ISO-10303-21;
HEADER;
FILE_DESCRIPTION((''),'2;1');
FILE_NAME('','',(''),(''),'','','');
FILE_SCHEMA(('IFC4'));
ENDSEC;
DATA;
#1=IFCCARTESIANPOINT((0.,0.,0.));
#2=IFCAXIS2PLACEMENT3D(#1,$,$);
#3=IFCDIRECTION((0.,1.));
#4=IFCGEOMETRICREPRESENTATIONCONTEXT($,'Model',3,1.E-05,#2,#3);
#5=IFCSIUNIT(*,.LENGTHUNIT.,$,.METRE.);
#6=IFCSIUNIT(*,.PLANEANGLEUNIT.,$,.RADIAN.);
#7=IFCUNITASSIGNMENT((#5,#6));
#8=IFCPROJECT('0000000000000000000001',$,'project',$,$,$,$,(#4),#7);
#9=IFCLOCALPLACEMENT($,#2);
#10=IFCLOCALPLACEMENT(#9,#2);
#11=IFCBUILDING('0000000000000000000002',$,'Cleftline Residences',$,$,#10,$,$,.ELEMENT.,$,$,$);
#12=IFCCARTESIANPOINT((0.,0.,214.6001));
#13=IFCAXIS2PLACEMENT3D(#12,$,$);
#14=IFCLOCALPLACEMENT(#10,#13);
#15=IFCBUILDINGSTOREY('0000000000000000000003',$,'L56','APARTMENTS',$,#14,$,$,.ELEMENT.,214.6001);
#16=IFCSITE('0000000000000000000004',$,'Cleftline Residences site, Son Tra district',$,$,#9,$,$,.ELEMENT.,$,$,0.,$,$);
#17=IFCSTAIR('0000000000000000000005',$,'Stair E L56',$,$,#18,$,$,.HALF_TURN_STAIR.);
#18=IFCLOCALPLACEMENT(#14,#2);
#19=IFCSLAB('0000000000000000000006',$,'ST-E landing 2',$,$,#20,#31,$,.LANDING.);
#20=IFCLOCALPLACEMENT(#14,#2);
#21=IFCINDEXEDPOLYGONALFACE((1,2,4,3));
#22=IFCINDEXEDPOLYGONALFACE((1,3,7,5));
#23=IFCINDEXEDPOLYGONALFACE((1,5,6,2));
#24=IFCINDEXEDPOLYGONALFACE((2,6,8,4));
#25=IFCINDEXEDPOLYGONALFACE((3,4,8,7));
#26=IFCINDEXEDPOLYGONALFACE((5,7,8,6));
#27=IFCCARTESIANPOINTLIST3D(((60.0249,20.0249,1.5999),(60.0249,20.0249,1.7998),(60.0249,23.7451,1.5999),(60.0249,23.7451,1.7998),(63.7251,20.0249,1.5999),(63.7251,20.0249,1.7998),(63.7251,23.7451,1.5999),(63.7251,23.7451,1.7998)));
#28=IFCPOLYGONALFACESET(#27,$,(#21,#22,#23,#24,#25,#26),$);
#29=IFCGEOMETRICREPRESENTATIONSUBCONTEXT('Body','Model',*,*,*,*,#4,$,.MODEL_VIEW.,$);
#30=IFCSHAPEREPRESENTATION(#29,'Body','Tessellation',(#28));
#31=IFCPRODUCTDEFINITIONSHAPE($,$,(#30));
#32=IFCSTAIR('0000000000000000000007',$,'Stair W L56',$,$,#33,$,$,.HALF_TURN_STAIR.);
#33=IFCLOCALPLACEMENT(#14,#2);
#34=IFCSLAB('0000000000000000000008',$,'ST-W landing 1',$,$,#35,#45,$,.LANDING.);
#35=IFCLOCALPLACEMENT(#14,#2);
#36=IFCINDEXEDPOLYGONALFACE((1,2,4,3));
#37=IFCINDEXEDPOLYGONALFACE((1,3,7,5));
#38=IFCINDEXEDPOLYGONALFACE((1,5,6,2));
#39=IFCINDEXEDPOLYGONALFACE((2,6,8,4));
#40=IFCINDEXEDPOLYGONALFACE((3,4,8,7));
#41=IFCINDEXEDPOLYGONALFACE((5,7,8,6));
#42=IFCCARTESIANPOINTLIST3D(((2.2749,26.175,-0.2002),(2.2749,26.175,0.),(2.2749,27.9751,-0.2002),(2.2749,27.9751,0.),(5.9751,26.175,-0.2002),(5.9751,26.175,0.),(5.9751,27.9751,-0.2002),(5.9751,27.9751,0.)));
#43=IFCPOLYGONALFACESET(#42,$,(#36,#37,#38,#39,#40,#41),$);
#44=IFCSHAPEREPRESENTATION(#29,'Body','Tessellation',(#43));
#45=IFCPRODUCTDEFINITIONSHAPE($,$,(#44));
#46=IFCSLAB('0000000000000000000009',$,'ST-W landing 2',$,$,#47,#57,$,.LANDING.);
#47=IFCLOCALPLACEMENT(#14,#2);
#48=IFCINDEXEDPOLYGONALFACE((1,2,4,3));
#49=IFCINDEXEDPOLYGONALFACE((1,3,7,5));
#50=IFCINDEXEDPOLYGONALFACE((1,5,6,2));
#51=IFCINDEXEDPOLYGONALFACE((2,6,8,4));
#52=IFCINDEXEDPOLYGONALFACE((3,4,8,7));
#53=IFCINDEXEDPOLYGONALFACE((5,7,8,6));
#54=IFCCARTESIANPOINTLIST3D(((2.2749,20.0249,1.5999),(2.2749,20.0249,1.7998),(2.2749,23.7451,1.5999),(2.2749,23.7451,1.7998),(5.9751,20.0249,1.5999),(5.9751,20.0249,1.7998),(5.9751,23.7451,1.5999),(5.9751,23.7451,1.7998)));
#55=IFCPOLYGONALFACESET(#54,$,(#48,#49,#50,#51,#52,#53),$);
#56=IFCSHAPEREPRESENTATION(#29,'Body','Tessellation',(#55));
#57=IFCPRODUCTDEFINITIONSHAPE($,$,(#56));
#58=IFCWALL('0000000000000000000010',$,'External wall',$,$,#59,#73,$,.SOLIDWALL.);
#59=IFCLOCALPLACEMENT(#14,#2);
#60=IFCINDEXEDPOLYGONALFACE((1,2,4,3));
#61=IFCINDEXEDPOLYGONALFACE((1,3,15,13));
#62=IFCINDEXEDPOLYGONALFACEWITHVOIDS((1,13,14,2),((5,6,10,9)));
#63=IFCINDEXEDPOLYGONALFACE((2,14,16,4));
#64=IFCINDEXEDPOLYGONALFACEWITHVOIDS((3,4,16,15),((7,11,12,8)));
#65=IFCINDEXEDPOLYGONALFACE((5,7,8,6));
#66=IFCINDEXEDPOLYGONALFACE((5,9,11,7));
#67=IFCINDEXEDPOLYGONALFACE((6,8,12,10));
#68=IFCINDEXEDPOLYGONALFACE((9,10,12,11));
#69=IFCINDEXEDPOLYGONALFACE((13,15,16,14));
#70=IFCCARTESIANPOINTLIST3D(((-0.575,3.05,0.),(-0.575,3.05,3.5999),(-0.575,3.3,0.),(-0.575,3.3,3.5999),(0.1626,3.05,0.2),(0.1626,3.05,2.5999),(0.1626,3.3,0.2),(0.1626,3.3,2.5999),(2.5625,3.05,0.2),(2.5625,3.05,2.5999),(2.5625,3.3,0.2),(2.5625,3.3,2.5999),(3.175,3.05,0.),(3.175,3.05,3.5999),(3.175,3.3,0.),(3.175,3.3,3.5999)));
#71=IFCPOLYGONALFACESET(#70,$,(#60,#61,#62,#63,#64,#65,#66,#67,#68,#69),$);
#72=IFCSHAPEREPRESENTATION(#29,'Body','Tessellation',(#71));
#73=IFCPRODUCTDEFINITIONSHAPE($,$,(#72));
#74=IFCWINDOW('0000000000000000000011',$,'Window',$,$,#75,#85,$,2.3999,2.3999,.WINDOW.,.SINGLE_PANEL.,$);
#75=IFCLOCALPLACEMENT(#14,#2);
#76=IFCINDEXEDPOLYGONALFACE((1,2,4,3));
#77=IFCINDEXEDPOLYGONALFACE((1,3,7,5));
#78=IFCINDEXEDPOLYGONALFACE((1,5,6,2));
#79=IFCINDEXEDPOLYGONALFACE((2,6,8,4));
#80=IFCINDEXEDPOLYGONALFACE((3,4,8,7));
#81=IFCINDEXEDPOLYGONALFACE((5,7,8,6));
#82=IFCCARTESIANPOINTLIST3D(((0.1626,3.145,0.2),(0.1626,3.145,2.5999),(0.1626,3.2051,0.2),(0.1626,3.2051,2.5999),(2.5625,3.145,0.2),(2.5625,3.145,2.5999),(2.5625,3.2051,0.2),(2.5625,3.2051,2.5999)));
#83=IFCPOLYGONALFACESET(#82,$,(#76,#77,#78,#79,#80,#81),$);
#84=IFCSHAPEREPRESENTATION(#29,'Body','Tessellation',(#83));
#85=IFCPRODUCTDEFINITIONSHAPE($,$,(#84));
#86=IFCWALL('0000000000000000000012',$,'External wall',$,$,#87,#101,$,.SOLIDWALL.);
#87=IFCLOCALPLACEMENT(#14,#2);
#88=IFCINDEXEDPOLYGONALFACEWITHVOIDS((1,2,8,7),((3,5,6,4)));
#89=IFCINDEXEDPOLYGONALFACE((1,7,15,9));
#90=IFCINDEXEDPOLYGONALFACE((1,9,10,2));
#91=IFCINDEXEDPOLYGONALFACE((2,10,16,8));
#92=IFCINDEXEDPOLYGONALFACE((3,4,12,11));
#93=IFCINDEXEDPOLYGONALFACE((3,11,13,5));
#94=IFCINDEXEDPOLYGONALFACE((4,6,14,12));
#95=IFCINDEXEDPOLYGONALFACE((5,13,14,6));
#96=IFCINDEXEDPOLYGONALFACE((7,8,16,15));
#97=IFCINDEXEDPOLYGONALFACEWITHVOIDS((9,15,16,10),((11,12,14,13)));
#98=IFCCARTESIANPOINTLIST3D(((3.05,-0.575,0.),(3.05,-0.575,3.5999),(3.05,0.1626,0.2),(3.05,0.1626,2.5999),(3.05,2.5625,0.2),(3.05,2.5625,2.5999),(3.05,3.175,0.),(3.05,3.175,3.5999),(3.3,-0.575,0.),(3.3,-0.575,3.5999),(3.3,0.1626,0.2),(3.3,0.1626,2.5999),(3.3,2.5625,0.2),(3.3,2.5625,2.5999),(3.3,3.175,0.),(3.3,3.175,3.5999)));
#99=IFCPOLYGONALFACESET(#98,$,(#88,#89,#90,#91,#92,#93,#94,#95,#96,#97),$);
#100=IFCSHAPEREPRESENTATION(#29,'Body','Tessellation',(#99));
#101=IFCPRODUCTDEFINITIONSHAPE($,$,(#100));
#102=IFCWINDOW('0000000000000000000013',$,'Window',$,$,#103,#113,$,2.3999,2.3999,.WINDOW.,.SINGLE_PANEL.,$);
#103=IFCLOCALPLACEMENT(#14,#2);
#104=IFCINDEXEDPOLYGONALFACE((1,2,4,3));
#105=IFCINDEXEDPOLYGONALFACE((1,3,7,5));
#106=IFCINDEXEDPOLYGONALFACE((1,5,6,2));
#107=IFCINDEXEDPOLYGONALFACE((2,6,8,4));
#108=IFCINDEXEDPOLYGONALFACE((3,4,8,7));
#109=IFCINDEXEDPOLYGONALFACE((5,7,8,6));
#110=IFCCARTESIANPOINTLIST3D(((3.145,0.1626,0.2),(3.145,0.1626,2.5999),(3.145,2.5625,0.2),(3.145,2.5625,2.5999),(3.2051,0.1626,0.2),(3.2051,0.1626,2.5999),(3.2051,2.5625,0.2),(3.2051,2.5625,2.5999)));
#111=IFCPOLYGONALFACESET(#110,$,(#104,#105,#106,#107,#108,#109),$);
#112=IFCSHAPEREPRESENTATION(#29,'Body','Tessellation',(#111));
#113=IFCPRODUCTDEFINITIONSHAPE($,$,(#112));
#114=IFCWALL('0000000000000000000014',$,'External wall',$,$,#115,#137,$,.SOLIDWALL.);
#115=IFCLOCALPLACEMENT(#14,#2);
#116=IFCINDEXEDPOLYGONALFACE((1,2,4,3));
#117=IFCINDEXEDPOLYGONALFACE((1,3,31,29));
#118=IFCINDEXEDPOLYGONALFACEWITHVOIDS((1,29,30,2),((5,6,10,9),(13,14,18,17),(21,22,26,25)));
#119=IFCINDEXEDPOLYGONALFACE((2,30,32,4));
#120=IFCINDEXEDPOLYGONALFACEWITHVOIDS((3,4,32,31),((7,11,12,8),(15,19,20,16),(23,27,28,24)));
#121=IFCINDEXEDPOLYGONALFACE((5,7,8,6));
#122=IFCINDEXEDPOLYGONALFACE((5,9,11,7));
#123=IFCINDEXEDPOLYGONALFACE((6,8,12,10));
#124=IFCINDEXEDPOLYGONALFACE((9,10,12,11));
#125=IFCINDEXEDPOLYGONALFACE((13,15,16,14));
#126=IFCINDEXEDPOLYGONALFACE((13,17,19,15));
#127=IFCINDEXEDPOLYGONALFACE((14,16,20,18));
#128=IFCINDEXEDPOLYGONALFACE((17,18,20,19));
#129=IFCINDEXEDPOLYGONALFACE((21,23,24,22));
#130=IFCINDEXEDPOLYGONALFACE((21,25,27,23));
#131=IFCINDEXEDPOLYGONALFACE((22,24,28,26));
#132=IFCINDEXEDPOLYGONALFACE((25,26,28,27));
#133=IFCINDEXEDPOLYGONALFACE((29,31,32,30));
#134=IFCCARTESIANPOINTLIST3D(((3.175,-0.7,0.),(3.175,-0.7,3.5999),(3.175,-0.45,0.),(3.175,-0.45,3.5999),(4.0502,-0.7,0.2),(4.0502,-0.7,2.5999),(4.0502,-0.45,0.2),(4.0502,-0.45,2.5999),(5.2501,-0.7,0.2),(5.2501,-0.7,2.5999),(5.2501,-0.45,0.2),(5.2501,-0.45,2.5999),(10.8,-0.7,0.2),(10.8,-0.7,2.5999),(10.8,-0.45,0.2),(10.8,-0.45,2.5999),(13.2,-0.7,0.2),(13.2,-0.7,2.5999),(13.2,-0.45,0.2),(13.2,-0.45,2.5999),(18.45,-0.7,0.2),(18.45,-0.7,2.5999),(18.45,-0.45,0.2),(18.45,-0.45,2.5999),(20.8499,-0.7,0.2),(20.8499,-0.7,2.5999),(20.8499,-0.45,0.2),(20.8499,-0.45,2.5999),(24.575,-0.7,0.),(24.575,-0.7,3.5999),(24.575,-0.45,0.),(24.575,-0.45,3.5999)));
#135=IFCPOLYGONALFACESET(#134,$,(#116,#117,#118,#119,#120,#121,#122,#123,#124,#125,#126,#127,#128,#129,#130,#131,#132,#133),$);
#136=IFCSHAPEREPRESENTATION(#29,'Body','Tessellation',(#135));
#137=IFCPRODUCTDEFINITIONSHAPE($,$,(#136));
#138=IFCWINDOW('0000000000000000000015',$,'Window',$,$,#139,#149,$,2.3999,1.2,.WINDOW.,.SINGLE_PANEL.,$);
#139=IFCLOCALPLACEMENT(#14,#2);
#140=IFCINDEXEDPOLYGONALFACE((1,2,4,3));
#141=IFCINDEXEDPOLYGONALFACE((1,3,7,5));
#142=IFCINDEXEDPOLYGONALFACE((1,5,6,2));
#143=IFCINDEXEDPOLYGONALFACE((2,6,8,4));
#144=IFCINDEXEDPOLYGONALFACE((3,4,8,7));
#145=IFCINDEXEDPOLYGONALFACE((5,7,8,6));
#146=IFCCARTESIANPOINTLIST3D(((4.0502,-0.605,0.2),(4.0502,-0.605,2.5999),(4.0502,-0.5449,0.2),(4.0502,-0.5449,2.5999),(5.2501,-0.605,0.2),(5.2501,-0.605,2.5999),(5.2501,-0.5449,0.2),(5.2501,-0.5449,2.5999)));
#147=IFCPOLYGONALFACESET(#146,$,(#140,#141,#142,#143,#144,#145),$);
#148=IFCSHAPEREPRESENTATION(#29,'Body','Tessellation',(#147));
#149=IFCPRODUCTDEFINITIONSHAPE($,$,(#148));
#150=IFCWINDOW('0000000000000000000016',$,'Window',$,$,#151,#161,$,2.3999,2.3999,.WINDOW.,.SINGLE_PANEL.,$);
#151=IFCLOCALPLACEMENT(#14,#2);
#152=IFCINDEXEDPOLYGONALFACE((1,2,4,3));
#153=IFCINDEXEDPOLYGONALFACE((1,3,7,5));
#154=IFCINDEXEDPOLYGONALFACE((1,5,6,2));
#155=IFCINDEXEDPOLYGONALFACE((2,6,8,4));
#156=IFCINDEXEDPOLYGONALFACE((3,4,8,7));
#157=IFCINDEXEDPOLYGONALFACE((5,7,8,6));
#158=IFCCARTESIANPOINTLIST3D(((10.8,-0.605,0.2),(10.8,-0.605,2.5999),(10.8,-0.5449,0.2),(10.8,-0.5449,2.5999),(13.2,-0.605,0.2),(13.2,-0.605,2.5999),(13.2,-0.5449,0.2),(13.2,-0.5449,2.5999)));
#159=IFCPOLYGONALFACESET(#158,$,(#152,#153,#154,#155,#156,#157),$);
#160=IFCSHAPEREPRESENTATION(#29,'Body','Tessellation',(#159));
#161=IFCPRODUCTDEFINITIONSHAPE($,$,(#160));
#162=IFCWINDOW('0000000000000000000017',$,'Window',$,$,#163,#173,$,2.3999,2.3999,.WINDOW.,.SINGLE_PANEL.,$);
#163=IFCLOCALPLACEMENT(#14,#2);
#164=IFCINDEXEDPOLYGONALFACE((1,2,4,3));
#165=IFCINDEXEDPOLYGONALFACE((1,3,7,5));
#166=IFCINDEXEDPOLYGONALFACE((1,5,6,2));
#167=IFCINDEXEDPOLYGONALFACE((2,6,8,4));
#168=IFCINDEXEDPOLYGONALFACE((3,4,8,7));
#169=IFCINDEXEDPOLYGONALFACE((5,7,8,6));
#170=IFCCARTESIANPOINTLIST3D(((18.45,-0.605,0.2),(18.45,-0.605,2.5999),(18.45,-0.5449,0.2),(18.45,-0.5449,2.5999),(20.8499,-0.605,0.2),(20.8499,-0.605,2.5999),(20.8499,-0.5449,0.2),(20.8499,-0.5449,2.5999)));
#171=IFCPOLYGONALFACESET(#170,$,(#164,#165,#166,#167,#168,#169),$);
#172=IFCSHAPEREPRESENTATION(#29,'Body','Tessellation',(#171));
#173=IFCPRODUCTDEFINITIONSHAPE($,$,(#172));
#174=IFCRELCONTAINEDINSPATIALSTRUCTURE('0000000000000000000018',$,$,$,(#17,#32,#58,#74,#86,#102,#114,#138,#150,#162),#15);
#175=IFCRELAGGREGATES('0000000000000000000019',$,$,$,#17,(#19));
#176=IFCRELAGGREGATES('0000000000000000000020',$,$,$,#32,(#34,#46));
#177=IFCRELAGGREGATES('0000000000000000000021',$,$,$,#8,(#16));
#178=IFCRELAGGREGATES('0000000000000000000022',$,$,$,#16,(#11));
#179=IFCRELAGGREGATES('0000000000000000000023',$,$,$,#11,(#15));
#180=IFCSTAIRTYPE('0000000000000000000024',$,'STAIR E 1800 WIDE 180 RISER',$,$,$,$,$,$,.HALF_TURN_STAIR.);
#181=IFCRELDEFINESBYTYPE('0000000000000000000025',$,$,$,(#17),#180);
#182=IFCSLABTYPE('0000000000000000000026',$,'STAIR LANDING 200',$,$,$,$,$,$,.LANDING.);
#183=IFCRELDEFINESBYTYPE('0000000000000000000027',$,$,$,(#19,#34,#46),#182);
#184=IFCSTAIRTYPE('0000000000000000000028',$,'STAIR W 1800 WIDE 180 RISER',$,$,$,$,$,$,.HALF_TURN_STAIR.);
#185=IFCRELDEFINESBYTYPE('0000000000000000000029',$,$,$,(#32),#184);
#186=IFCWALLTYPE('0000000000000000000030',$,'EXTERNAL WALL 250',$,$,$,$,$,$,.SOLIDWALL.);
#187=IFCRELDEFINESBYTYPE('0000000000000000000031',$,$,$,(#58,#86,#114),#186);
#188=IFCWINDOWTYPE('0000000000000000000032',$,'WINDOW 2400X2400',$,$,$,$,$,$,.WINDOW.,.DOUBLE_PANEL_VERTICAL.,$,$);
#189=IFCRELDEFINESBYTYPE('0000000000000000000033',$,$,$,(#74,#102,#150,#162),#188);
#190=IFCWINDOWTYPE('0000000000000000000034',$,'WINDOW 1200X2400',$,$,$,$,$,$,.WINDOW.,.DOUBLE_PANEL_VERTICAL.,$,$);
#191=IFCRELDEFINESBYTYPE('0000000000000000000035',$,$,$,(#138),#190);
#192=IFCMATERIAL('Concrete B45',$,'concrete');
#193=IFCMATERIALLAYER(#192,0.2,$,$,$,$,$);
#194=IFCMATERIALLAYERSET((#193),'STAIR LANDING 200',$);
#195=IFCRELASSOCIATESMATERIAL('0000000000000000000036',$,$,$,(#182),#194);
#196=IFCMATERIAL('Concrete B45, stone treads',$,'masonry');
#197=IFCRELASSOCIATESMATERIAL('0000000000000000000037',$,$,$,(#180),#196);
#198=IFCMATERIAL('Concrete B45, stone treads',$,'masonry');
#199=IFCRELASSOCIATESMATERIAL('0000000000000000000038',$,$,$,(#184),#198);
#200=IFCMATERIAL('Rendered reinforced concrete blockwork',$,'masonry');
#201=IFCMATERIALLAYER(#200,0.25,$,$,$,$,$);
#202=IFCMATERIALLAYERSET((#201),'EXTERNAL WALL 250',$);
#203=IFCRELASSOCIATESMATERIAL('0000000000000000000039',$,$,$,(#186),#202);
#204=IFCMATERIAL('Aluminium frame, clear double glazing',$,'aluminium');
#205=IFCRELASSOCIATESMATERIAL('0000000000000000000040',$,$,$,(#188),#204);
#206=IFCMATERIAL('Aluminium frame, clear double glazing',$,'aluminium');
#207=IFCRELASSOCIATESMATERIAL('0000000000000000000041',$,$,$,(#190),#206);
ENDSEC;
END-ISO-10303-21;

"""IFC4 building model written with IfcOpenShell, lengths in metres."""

from ifc_helpers import new_model, si_unit, direction, frame, frame_2d, origin, place, context, subcontext, project, spatial, polyline, rectangle, outline, extrude, material, layer, layer_set, type_object, element, fill, aggregate, save


model = new_model("IFC4")

# Units and contexts
model_context = context("Model", 3, precision=1e-05, world=origin(), true_north=direction((0.0, 1.0)))
body_context = subcontext(model_context, "Body", "Model", "MODEL_VIEW")
ifc_project = project(units=[si_unit("LENGTHUNIT", "METRE"), si_unit("PLANEANGLEUNIT", "RADIAN")], contexts=[model_context])

# Site, building, storey
site_placement = place(None, origin())
site = spatial("IfcSite", under=ifc_project, at=site_placement, Name="Cleftline Residences site, Son Tra district", CompositionType="ELEMENT", RefElevation=0.0)
building_placement = place(site_placement, origin())
building = spatial("IfcBuilding", under=site, at=building_placement, Name="Cleftline Residences", CompositionType="ELEMENT")
storey_placement = place(building_placement, frame((0.0, 0.0, 214.6001)))
storey = spatial("IfcBuildingStorey", under=building, at=storey_placement, Name="L56", Description="APARTMENTS", CompositionType="ELEMENT", Elevation=214.6001)

# Stairs, slabs
ifc_material_1 = material(Name="Concrete B45", Category="concrete")
ifc_layer_1 = layer(ifc_material_1, 0.2)
ifc_layer_set_1 = layer_set([ifc_layer_1], Name="STAIR LANDING 200")
slab_type_1 = type_object("IfcSlabType", Name="STAIR LANDING 200", PredefinedType="LANDING", material=ifc_layer_set_1)
ifc_material_2 = material(Name="Concrete B45, stone treads", Category="masonry")
stair_type_1 = type_object("IfcStairType", Name="STAIR E 1800 WIDE 180 RISER", PredefinedType="HALF_TURN_STAIR", material=ifc_material_2)
stair_1_placement = place(storey_placement, origin())
stair_1 = element("IfcStair", 1, at=stair_1_placement, inside=storey, type_object=stair_type_1, Name="Stair E L56", PredefinedType="HALF_TURN_STAIR")
slab_1_placement = place(storey_placement, frame((0.0, 0.0, 1.5999)))
slab_1 = element("IfcSlab", 2, at=slab_1_placement, type_object=slab_type_1, Name="ST-E landing 2", PredefinedType="LANDING", context=body_context, shape_type="SweptSolid", body=[
    extrude(outline(polyline([(60.0249, 20.0249), (63.7251, 20.0249), (63.7251, 23.7451), (60.0249, 23.7451), (60.0249, 20.0249)])), origin(), (0.0, 0.0, 1.0), 0.2),
])
aggregate(stair_1, [slab_1])
ifc_material_3 = material(Name="Concrete B45, stone treads", Category="masonry")
stair_type_2 = type_object("IfcStairType", Name="STAIR W 1800 WIDE 180 RISER", PredefinedType="HALF_TURN_STAIR", material=ifc_material_3)
stair_2_placement = place(storey_placement, origin())
stair_2 = element("IfcStair", 3, at=stair_2_placement, inside=storey, type_object=stair_type_2, Name="Stair W L56", PredefinedType="HALF_TURN_STAIR")
slab_2_placement = place(storey_placement, frame((0.0, 0.0, -0.2002)))
slab_2 = element("IfcSlab", 4, at=slab_2_placement, type_object=slab_type_1, Name="ST-W landing 1", PredefinedType="LANDING", context=body_context, shape_type="SweptSolid", body=[
    extrude(outline(polyline([(2.2749, 26.175), (5.9751, 26.175), (5.9751, 27.9751), (2.2749, 27.9751), (2.2749, 26.175)])), origin(), (0.0, 0.0, 1.0), 0.2002),
])
slab_3_placement = place(storey_placement, frame((0.0, 0.0, 1.5999)))
slab_3 = element("IfcSlab", 5, at=slab_3_placement, type_object=slab_type_1, Name="ST-W landing 2", PredefinedType="LANDING", context=body_context, shape_type="SweptSolid", body=[
    extrude(outline(polyline([(2.2749, 20.0249), (5.9751, 20.0249), (5.9751, 23.7451), (2.2749, 23.7451), (2.2749, 20.0249)])), origin(), (0.0, 0.0, 1.0), 0.2),
])
aggregate(stair_2, [slab_2, slab_3])

# Walls, openings, windows
ifc_material_4 = material(Name="Rendered reinforced concrete blockwork", Category="masonry")
ifc_layer_2 = layer(ifc_material_4, 0.25)
ifc_layer_set_2 = layer_set([ifc_layer_2], Name="EXTERNAL WALL 250")
wall_type_1 = type_object("IfcWallType", Name="EXTERNAL WALL 250", PredefinedType="SOLIDWALL", material=ifc_layer_set_2)
wall_1_placement = place(storey_placement, frame((-0.575, 3.175, 0.0), z_axis=(0.0, 0.0, 1.0), x_axis=(1.0, 0.0, 0.0)))
wall_1 = element("IfcWall", 6, at=wall_1_placement, inside=storey, type_object=wall_type_1, Name="External wall", PredefinedType="SOLIDWALL", context=body_context, shape_type="SweptSolid", body=[
    extrude(rectangle(XDim=3.75, YDim=0.25, at=frame_2d((1.875, 0.0))), origin(), (0.0, 0.0, 1.0), 3.5999),
])
opening_1_placement = place(wall_1_placement, frame((0.7375, 0.0, 0.2)))
opening_1 = element("IfcOpeningElement", 7, at=opening_1_placement, cuts=wall_1, PredefinedType="OPENING", context=body_context, shape_type="SweptSolid", body=[
    extrude(rectangle(XDim=2.3999, YDim=2.3999, at=frame_2d((1.2, 1.2))), frame((0.0, 0.135, 0.0), z_axis=(0.0, -1.0, 0.0), x_axis=(1.0, 0.0, 0.0)), (0.0, 0.0, 1.0), 0.27),
])
ifc_material_5 = material(Name="Aluminium frame, clear double glazing", Category="aluminium")
window_type_1 = type_object("IfcWindowType", Name="WINDOW 2400X2400", PartitioningType="DOUBLE_PANEL_VERTICAL", PredefinedType="WINDOW", material=ifc_material_5)
window_1_placement = place(opening_1_placement, origin())
window_1 = element("IfcWindow", 8, at=window_1_placement, inside=storey, type_object=window_type_1, Name="Window", OverallHeight=2.3999, OverallWidth=2.3999, PartitioningType="SINGLE_PANEL", PredefinedType="WINDOW", context=body_context, shape_type="SweptSolid", body=[
    extrude(rectangle(XDim=2.3999, YDim=2.3999, at=frame_2d((1.2, 1.2))), frame((0.0, 0.03, 0.0), z_axis=(0.0, -1.0, 0.0), x_axis=(1.0, 0.0, 0.0)), (0.0, 0.0, 1.0), 0.0601),
])
fill(opening_1, window_1)
wall_2_placement = place(storey_placement, frame((3.175, 3.175, 0.0), z_axis=(0.0, 0.0, 1.0), x_axis=(0.0, -1.0, 0.0)))
wall_2 = element("IfcWall", 9, at=wall_2_placement, inside=storey, type_object=wall_type_1, Name="External wall", PredefinedType="SOLIDWALL", context=body_context, shape_type="SweptSolid", body=[
    extrude(rectangle(XDim=3.75, YDim=0.25, at=frame_2d((1.875, 0.0))), origin(), (0.0, 0.0, 1.0), 3.5999),
])
opening_2_placement = place(wall_2_placement, frame((0.6125, 0.0, 0.2)))
opening_2 = element("IfcOpeningElement", 10, at=opening_2_placement, cuts=wall_2, PredefinedType="OPENING", context=body_context, shape_type="SweptSolid", body=[
    extrude(rectangle(XDim=2.3999, YDim=2.3999, at=frame_2d((1.2, 1.2))), frame((0.0, 0.135, 0.0), z_axis=(0.0, -1.0, 0.0), x_axis=(1.0, 0.0, 0.0)), (0.0, 0.0, 1.0), 0.27),
])
window_2_placement = place(opening_2_placement, origin())
window_2 = element("IfcWindow", 11, at=window_2_placement, inside=storey, type_object=window_type_1, Name="Window", OverallHeight=2.3999, OverallWidth=2.3999, PartitioningType="SINGLE_PANEL", PredefinedType="WINDOW", context=body_context, shape_type="SweptSolid", body=[
    extrude(rectangle(XDim=2.3999, YDim=2.3999, at=frame_2d((1.2, 1.2))), frame((0.0, 0.03, 0.0), z_axis=(0.0, -1.0, 0.0), x_axis=(1.0, 0.0, 0.0)), (0.0, 0.0, 1.0), 0.0601),
])
fill(opening_2, window_2)

# Wall, openings, windows
wall_3_placement = place(storey_placement, frame((3.175, -0.575, 0.0), z_axis=(0.0, 0.0, 1.0), x_axis=(1.0, 0.0, 0.0)))
wall_3 = element("IfcWall", 12, at=wall_3_placement, inside=storey, type_object=wall_type_1, Name="External wall", PredefinedType="SOLIDWALL", context=body_context, shape_type="SweptSolid", body=[
    extrude(rectangle(XDim=21.3999, YDim=0.25, at=frame_2d((10.7, 0.0))), origin(), (0.0, 0.0, 1.0), 3.5999),
])
opening_3_placement = place(wall_3_placement, frame((0.875, 0.0, 0.2)))
opening_3 = element("IfcOpeningElement", 13, at=opening_3_placement, cuts=wall_3, PredefinedType="OPENING", context=body_context, shape_type="SweptSolid", body=[
    extrude(rectangle(XDim=1.2, YDim=2.3999, at=frame_2d((0.6001, 1.2))), frame((0.0, 0.135, 0.0), z_axis=(0.0, -1.0, 0.0), x_axis=(1.0, 0.0, 0.0)), (0.0, 0.0, 1.0), 0.27),
])
opening_4_placement = place(wall_3_placement, frame((7.625, 0.0, 0.2)))
opening_4 = element("IfcOpeningElement", 14, at=opening_4_placement, cuts=wall_3, PredefinedType="OPENING", context=body_context, shape_type="SweptSolid", body=[
    extrude(rectangle(XDim=2.3999, YDim=2.3999, at=frame_2d((1.2, 1.2))), frame((0.0, 0.135, 0.0), z_axis=(0.0, -1.0, 0.0), x_axis=(1.0, 0.0, 0.0)), (0.0, 0.0, 1.0), 0.27),
])
opening_5_placement = place(wall_3_placement, frame((15.2749, 0.0, 0.2)))
opening_5 = element("IfcOpeningElement", 15, at=opening_5_placement, cuts=wall_3, PredefinedType="OPENING", context=body_context, shape_type="SweptSolid", body=[
    extrude(rectangle(XDim=2.3999, YDim=2.3999, at=frame_2d((1.2, 1.2))), frame((0.0, 0.135, 0.0), z_axis=(0.0, -1.0, 0.0), x_axis=(1.0, 0.0, 0.0)), (0.0, 0.0, 1.0), 0.27),
])
ifc_material_6 = material(Name="Aluminium frame, clear double glazing", Category="aluminium")
window_type_2 = type_object("IfcWindowType", Name="WINDOW 1200X2400", PartitioningType="DOUBLE_PANEL_VERTICAL", PredefinedType="WINDOW", material=ifc_material_6)
window_3_placement = place(opening_3_placement, origin())
window_3 = element("IfcWindow", 16, at=window_3_placement, inside=storey, type_object=window_type_2, Name="Window", OverallHeight=2.3999, OverallWidth=1.2, PartitioningType="SINGLE_PANEL", PredefinedType="WINDOW", context=body_context, shape_type="SweptSolid", body=[
    extrude(rectangle(XDim=1.2, YDim=2.3999, at=frame_2d((0.6001, 1.2))), frame((0.0, 0.03, 0.0), z_axis=(0.0, -1.0, 0.0), x_axis=(1.0, 0.0, 0.0)), (0.0, 0.0, 1.0), 0.0601),
])
fill(opening_3, window_3)
window_4_placement = place(opening_4_placement, origin())
window_4 = element("IfcWindow", 17, at=window_4_placement, inside=storey, type_object=window_type_1, Name="Window", OverallHeight=2.3999, OverallWidth=2.3999, PartitioningType="SINGLE_PANEL", PredefinedType="WINDOW", context=body_context, shape_type="SweptSolid", body=[
    extrude(rectangle(XDim=2.3999, YDim=2.3999, at=frame_2d((1.2, 1.2))), frame((0.0, 0.03, 0.0), z_axis=(0.0, -1.0, 0.0), x_axis=(1.0, 0.0, 0.0)), (0.0, 0.0, 1.0), 0.0601),
])
fill(opening_4, window_4)
window_5_placement = place(opening_5_placement, origin())
window_5 = element("IfcWindow", 18, at=window_5_placement, inside=storey, type_object=window_type_1, Name="Window", OverallHeight=2.3999, OverallWidth=2.3999, PartitioningType="SINGLE_PANEL", PredefinedType="WINDOW", context=body_context, shape_type="SweptSolid", body=[
    extrude(rectangle(XDim=2.3999, YDim=2.3999, at=frame_2d((1.2, 1.2))), frame((0.0, 0.03, 0.0), z_axis=(0.0, -1.0, 0.0), x_axis=(1.0, 0.0, 0.0)), (0.0, 0.0, 1.0), 0.0601),
])
fill(opening_5, window_5)

save(model, "model.ifc")
